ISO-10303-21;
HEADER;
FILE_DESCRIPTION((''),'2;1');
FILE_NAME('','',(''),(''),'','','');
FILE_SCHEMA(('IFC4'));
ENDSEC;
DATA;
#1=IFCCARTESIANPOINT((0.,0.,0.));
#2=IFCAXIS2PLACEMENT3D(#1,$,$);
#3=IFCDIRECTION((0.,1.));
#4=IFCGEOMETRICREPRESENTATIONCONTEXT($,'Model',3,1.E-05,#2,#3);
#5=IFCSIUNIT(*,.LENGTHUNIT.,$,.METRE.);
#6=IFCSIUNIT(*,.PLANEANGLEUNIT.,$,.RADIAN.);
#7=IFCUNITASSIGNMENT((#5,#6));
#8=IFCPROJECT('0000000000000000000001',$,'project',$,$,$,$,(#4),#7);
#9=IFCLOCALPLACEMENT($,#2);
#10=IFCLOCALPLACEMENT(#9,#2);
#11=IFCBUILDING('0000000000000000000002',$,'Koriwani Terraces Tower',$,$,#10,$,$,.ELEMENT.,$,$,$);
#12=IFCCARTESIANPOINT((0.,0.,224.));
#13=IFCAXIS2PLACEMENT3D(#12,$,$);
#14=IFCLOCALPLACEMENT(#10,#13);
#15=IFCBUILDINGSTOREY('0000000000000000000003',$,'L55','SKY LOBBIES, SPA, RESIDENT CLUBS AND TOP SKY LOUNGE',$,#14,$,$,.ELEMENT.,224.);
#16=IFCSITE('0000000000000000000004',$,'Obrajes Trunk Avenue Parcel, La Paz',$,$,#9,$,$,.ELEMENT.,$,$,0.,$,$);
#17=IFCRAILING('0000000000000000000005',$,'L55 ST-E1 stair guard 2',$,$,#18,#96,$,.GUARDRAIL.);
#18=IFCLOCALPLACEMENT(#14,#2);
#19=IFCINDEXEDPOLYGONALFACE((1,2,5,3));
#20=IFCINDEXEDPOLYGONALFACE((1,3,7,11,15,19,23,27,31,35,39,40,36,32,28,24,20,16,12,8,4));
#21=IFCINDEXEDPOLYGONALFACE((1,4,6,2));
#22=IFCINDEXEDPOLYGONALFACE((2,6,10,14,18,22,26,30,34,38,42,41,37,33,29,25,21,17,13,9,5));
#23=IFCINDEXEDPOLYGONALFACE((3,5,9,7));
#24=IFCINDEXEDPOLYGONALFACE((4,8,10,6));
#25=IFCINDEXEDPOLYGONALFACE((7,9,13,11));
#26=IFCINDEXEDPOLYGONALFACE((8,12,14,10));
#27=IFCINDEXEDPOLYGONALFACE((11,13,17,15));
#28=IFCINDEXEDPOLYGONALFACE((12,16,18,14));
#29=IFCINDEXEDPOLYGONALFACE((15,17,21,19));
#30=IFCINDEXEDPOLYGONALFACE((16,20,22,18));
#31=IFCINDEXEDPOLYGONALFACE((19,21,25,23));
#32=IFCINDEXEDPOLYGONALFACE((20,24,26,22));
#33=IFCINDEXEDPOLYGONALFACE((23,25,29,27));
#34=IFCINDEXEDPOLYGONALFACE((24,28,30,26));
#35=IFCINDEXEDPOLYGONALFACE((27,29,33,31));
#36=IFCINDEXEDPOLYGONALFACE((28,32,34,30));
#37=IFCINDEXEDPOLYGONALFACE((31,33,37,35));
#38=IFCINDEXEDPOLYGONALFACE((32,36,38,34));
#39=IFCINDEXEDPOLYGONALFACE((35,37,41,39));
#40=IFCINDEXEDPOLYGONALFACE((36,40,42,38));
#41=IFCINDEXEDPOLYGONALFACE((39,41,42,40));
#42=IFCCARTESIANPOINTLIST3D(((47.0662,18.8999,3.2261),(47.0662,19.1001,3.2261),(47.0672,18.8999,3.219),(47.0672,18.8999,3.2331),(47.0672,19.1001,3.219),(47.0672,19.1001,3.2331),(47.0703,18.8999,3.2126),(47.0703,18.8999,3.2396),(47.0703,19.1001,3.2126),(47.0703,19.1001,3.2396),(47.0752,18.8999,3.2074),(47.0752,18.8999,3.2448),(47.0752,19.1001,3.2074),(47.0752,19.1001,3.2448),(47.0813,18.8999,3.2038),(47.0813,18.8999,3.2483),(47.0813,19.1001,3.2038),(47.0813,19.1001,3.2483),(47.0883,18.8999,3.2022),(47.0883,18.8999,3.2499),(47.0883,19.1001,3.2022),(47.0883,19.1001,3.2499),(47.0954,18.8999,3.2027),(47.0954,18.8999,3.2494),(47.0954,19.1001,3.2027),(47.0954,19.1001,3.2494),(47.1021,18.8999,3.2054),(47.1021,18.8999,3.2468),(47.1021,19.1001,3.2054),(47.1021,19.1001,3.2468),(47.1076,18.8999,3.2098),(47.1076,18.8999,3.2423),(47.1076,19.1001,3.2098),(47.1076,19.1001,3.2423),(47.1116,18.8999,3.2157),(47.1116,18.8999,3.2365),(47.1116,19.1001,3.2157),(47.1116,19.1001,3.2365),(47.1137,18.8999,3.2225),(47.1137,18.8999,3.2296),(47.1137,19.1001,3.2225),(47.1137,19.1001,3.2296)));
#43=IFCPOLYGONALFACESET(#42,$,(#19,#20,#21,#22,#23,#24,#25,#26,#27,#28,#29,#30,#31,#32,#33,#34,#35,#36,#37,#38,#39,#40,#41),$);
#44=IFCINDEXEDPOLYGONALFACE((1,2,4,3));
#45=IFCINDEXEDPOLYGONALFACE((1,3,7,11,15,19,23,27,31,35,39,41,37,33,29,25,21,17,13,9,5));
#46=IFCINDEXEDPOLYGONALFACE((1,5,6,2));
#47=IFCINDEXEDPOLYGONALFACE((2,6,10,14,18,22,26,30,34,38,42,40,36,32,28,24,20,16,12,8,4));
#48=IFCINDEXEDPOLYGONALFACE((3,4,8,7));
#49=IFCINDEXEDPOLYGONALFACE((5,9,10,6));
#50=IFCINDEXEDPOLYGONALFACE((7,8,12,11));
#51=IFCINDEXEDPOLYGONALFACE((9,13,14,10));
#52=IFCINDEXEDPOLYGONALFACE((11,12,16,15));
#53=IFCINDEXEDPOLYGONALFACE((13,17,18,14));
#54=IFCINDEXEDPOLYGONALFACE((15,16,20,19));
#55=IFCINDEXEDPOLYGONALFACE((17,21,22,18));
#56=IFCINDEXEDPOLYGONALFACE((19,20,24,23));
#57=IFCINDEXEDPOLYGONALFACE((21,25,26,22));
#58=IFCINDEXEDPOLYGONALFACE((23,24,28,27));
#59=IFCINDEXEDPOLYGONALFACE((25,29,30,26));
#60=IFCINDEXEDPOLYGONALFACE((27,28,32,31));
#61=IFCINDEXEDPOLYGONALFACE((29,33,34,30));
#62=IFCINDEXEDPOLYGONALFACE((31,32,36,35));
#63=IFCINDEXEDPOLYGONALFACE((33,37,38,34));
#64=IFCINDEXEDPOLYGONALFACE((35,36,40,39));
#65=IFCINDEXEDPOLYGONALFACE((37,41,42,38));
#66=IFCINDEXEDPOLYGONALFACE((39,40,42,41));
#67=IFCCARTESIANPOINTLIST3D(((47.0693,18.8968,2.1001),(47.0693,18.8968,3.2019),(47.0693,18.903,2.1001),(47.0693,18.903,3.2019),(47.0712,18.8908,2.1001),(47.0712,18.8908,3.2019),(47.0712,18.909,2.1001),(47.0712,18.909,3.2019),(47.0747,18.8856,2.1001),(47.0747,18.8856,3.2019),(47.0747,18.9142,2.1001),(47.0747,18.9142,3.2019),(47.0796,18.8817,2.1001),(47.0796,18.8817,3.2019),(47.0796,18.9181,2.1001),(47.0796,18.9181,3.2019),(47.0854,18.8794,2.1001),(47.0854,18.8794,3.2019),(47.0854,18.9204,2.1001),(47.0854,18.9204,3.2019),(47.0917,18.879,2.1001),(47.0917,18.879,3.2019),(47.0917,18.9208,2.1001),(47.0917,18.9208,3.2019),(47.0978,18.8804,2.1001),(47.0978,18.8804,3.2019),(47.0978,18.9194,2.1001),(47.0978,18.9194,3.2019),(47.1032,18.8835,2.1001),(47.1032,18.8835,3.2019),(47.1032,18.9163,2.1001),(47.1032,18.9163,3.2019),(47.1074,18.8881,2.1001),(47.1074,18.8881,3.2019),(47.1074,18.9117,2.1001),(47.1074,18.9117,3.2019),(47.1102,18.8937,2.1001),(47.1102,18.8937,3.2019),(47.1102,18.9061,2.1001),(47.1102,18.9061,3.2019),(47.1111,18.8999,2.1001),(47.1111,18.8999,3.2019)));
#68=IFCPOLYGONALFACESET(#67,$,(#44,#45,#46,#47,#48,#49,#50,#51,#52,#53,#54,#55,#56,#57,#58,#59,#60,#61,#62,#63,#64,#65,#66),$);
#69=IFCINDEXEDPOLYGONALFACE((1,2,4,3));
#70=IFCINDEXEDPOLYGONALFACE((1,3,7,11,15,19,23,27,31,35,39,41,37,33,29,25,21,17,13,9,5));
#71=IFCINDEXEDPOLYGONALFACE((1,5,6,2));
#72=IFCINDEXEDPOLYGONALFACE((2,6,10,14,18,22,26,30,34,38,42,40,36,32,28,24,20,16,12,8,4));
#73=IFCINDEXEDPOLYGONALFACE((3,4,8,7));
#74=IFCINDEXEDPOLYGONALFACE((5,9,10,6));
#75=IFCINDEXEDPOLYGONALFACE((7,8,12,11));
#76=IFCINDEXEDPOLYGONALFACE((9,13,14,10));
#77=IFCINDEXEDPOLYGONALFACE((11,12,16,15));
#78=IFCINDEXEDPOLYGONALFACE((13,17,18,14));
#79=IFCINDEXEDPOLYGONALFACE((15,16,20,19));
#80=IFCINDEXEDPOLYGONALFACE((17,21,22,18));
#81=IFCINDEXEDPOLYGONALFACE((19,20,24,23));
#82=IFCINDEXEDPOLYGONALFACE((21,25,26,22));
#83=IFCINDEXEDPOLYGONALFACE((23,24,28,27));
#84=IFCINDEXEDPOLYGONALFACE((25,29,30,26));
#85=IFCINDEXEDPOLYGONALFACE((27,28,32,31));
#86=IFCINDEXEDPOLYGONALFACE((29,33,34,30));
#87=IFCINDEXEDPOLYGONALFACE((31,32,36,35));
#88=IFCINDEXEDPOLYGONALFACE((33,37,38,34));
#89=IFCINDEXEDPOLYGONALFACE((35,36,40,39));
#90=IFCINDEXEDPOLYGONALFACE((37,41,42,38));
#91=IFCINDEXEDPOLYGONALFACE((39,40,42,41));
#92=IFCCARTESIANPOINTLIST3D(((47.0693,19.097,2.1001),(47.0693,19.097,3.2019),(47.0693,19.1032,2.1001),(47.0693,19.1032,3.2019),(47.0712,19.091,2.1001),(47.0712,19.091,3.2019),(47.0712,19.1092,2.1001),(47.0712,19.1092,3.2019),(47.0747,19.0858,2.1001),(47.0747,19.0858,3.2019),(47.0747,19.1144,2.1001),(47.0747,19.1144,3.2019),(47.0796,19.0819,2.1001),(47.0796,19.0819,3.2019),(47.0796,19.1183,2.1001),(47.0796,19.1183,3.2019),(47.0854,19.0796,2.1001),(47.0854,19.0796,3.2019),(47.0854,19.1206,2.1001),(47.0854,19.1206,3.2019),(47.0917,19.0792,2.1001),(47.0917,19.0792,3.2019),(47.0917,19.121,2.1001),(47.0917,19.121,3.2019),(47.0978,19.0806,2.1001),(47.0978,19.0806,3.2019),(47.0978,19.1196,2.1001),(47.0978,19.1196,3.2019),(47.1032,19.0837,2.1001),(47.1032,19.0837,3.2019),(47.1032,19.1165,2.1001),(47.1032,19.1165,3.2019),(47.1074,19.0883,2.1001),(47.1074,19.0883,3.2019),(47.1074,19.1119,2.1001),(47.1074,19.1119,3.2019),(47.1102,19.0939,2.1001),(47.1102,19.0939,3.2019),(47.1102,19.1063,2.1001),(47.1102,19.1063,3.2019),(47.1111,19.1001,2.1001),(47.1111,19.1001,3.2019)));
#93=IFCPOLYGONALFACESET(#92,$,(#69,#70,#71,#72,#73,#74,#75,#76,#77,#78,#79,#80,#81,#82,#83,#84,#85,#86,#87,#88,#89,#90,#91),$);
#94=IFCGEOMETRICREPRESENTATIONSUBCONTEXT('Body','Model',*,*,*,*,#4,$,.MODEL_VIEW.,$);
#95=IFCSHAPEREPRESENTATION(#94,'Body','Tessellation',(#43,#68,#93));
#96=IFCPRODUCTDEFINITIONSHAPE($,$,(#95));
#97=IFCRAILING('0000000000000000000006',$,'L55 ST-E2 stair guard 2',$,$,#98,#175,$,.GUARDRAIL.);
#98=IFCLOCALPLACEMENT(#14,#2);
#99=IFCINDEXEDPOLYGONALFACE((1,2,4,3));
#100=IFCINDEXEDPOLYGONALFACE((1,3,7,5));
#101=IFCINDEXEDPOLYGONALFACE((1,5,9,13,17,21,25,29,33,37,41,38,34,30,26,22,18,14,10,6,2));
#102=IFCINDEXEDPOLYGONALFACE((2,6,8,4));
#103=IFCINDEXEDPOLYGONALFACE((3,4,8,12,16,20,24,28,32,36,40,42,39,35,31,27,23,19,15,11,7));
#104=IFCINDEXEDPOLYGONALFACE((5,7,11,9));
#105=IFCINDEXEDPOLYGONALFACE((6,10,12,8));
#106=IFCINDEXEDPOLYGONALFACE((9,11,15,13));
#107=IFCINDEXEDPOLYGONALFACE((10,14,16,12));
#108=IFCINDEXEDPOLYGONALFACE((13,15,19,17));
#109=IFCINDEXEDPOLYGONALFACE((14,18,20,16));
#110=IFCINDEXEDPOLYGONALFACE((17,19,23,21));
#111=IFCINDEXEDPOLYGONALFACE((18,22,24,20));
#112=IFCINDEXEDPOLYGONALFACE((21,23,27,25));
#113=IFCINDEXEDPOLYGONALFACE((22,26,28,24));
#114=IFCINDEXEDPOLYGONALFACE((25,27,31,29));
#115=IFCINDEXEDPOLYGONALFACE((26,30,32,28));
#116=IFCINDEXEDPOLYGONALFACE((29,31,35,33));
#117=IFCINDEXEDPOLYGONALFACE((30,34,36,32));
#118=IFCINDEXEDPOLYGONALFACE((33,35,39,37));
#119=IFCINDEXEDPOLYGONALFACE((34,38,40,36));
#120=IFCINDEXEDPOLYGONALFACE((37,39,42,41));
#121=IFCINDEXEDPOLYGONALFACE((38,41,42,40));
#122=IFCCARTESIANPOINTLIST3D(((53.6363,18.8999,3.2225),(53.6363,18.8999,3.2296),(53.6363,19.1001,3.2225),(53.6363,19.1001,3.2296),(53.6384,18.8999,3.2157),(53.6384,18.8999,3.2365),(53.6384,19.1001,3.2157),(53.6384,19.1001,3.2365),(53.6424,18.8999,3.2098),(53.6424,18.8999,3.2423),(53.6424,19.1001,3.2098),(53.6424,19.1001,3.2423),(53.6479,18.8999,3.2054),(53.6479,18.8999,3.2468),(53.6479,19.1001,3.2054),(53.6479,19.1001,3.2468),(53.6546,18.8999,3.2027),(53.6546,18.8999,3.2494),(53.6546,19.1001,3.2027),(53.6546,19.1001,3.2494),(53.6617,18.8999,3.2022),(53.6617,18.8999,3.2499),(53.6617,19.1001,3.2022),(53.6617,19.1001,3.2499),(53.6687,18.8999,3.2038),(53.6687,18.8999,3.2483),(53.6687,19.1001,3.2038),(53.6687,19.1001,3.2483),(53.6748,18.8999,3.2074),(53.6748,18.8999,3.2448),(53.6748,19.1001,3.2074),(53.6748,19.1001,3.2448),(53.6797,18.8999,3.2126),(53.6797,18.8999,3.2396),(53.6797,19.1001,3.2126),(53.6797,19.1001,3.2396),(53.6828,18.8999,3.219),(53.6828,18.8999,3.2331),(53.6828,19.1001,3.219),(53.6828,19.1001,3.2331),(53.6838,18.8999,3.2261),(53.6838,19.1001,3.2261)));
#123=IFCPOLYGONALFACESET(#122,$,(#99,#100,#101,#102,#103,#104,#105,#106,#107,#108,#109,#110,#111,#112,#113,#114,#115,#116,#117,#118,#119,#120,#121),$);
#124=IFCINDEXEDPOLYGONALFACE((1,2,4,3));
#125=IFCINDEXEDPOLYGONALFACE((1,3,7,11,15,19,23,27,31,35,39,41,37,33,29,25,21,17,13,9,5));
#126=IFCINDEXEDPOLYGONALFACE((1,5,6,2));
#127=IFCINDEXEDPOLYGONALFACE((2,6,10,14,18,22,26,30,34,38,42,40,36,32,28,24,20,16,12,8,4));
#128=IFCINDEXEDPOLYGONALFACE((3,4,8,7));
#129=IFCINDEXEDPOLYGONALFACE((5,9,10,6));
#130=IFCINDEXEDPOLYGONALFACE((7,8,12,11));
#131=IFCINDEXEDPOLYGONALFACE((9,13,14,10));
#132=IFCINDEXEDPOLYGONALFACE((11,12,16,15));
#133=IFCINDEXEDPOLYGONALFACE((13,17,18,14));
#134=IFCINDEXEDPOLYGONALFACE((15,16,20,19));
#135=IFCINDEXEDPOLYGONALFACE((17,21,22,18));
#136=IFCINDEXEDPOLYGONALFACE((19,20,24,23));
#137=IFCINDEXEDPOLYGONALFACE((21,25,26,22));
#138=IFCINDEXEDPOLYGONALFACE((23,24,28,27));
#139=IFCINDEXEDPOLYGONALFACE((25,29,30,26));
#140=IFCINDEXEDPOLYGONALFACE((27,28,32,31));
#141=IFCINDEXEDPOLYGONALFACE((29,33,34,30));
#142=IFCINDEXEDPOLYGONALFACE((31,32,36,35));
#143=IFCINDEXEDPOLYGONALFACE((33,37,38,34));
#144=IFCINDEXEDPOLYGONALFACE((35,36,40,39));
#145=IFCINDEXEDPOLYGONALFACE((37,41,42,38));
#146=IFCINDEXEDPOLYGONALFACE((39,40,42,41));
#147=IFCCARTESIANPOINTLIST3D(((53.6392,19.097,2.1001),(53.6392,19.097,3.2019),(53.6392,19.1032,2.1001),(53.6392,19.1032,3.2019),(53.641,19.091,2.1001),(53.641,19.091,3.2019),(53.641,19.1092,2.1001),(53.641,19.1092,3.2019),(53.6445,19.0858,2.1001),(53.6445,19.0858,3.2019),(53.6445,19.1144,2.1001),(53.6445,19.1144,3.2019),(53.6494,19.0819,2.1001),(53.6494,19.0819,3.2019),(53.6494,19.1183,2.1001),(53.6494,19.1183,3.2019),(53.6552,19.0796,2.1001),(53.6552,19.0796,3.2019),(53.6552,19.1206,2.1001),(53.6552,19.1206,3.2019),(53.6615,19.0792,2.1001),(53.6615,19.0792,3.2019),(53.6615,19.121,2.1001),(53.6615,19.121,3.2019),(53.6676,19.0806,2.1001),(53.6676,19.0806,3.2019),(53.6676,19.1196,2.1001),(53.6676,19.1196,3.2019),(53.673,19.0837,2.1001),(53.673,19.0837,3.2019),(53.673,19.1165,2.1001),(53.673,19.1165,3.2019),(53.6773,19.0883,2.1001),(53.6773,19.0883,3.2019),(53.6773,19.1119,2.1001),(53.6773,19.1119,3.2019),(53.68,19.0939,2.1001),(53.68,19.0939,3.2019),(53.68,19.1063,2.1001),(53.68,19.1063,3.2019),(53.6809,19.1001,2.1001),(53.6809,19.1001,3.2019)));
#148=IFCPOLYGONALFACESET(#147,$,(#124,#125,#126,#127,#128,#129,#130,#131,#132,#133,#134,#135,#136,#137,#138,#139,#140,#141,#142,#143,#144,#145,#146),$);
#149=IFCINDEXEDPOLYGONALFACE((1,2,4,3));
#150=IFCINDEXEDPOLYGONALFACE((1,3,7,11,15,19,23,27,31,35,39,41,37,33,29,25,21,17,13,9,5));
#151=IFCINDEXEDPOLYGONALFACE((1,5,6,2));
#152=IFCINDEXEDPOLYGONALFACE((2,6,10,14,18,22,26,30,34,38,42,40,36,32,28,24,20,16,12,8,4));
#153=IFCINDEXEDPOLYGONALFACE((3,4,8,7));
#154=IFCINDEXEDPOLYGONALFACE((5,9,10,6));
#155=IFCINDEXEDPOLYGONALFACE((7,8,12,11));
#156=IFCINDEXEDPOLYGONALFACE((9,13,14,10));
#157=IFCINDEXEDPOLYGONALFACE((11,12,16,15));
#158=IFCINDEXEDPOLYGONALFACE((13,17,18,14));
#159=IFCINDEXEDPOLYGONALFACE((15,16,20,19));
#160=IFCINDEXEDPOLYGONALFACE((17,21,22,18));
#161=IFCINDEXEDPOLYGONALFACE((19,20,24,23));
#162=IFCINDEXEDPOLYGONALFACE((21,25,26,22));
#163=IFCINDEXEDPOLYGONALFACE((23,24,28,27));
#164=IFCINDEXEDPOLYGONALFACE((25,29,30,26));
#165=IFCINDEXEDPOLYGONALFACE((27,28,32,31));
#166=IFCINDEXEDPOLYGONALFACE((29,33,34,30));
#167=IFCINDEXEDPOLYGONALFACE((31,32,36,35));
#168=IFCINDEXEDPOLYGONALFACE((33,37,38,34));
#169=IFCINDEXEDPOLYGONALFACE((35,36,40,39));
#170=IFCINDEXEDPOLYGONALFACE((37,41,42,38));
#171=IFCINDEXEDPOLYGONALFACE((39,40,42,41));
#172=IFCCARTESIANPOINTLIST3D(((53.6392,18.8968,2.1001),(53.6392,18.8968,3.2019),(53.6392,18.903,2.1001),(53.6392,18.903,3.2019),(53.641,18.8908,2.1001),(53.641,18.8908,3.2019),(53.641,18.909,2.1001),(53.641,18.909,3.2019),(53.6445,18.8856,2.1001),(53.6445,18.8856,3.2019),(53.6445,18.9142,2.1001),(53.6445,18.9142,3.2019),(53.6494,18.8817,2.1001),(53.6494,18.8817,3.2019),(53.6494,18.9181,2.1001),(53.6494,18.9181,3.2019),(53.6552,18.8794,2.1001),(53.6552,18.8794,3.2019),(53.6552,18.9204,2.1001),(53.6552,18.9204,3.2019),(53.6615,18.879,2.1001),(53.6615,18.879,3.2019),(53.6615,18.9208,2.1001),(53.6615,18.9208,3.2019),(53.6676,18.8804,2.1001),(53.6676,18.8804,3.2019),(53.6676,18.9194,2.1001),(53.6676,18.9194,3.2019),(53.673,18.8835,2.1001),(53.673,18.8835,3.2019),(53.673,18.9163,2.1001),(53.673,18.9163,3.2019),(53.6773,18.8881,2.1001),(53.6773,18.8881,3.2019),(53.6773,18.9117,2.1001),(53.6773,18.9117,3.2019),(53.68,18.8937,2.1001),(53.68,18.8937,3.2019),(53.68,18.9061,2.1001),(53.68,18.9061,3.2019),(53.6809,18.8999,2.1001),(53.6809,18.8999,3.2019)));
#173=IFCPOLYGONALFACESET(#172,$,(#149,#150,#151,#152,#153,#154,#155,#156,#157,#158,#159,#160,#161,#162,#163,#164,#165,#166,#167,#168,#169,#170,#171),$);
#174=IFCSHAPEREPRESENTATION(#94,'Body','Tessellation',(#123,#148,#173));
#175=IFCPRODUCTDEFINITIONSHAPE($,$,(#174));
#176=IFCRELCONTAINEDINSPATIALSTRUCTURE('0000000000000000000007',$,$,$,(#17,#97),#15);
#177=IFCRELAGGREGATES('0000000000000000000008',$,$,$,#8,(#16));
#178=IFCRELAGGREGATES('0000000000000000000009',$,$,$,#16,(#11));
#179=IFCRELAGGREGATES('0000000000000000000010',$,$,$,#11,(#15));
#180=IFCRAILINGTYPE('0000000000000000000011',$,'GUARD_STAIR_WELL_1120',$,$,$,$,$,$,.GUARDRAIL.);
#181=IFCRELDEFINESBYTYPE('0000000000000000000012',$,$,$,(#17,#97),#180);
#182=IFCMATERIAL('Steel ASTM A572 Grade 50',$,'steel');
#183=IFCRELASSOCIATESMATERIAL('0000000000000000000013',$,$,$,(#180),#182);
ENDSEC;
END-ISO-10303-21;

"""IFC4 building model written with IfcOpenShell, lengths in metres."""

from ifc_helpers import new_model, si_unit, direction, frame, origin, origin_2d, place, context, subcontext, project, spatial, circle, extrude, material, type_object, element, save


model = new_model("IFC4")

# Units and contexts
model_context = context("Model", 3, precision=1e-05, world=origin(), true_north=direction((0.0, 1.0)))
body_context = subcontext(model_context, "Body", "Model", "MODEL_VIEW")
ifc_project = project(units=[si_unit("LENGTHUNIT", "METRE"), si_unit("PLANEANGLEUNIT", "RADIAN")], contexts=[model_context])

# Site, building, storey
site_placement = place(None, origin())
site = spatial("IfcSite", under=ifc_project, at=site_placement, Name="Obrajes Trunk Avenue Parcel, La Paz", CompositionType="ELEMENT", RefElevation=0.0)
building_placement = place(site_placement, origin())
building = spatial("IfcBuilding", under=site, at=building_placement, Name="Koriwani Terraces Tower", CompositionType="ELEMENT")
storey_placement = place(building_placement, frame((0.0, 0.0, 224.0)))
storey = spatial("IfcBuildingStorey", under=building, at=storey_placement, Name="L55", Description="SKY LOBBIES, SPA, RESIDENT CLUBS AND TOP SKY LOUNGE", CompositionType="ELEMENT", Elevation=224.0)

# Shared definitions
ifc_material_1 = material(Name="Steel ASTM A572 Grade 50", Category="steel")

# Railings
railing_type_1 = type_object("IfcRailingType", Name="GUARD_STAIR_WELL_1120", PredefinedType="GUARDRAIL", material=ifc_material_1)
railing_1_placement = place(storey_placement, frame((47.0901, 18.8999, 2.1001)))
element("IfcRailing", 1, at=railing_1_placement, inside=storey, type_object=railing_type_1, Name="L55 ST-E1 stair guard 2", PredefinedType="GUARDRAIL", context=body_context, shape_type="SweptSolid", body=[
    extrude(circle(Radius=0.0239, at=origin_2d()), frame((0.0, 0.0, 1.126), z_axis=(0.0, 1.0, 0.0), x_axis=(-1.0, 0.0, 0.0)), (0.0, 0.0, 1.0), 0.2002),
    extrude(circle(Radius=0.021, at=origin_2d()), origin(), (0.0, 0.0, 1.0), 1.1018),
    extrude(circle(Radius=0.021, at=origin_2d()), frame((0.0, 0.2002, 0.0)), (0.0, 0.0, 1.0), 1.1018),
])
railing_2_placement = place(storey_placement, frame((53.6599, 19.1001, 2.1001)))
element("IfcRailing", 2, at=railing_2_placement, inside=storey, type_object=railing_type_1, Name="L55 ST-E2 stair guard 2", PredefinedType="GUARDRAIL", context=body_context, shape_type="SweptSolid", body=[
    extrude(circle(Radius=0.0239, at=origin_2d()), frame((0.0, 0.0, 1.126), z_axis=(0.0, -1.0, 0.0), x_axis=(1.0, 0.0, 0.0)), (0.0, 0.0, 1.0), 0.2002),
    extrude(circle(Radius=0.021, at=origin_2d()), origin(), (0.0, 0.0, 1.0), 1.1018),
    extrude(circle(Radius=0.021, at=origin_2d()), frame((0.0, -0.2002, 0.0)), (0.0, 0.0, 1.0), 1.1018),
])

save(model, "model.ifc")
